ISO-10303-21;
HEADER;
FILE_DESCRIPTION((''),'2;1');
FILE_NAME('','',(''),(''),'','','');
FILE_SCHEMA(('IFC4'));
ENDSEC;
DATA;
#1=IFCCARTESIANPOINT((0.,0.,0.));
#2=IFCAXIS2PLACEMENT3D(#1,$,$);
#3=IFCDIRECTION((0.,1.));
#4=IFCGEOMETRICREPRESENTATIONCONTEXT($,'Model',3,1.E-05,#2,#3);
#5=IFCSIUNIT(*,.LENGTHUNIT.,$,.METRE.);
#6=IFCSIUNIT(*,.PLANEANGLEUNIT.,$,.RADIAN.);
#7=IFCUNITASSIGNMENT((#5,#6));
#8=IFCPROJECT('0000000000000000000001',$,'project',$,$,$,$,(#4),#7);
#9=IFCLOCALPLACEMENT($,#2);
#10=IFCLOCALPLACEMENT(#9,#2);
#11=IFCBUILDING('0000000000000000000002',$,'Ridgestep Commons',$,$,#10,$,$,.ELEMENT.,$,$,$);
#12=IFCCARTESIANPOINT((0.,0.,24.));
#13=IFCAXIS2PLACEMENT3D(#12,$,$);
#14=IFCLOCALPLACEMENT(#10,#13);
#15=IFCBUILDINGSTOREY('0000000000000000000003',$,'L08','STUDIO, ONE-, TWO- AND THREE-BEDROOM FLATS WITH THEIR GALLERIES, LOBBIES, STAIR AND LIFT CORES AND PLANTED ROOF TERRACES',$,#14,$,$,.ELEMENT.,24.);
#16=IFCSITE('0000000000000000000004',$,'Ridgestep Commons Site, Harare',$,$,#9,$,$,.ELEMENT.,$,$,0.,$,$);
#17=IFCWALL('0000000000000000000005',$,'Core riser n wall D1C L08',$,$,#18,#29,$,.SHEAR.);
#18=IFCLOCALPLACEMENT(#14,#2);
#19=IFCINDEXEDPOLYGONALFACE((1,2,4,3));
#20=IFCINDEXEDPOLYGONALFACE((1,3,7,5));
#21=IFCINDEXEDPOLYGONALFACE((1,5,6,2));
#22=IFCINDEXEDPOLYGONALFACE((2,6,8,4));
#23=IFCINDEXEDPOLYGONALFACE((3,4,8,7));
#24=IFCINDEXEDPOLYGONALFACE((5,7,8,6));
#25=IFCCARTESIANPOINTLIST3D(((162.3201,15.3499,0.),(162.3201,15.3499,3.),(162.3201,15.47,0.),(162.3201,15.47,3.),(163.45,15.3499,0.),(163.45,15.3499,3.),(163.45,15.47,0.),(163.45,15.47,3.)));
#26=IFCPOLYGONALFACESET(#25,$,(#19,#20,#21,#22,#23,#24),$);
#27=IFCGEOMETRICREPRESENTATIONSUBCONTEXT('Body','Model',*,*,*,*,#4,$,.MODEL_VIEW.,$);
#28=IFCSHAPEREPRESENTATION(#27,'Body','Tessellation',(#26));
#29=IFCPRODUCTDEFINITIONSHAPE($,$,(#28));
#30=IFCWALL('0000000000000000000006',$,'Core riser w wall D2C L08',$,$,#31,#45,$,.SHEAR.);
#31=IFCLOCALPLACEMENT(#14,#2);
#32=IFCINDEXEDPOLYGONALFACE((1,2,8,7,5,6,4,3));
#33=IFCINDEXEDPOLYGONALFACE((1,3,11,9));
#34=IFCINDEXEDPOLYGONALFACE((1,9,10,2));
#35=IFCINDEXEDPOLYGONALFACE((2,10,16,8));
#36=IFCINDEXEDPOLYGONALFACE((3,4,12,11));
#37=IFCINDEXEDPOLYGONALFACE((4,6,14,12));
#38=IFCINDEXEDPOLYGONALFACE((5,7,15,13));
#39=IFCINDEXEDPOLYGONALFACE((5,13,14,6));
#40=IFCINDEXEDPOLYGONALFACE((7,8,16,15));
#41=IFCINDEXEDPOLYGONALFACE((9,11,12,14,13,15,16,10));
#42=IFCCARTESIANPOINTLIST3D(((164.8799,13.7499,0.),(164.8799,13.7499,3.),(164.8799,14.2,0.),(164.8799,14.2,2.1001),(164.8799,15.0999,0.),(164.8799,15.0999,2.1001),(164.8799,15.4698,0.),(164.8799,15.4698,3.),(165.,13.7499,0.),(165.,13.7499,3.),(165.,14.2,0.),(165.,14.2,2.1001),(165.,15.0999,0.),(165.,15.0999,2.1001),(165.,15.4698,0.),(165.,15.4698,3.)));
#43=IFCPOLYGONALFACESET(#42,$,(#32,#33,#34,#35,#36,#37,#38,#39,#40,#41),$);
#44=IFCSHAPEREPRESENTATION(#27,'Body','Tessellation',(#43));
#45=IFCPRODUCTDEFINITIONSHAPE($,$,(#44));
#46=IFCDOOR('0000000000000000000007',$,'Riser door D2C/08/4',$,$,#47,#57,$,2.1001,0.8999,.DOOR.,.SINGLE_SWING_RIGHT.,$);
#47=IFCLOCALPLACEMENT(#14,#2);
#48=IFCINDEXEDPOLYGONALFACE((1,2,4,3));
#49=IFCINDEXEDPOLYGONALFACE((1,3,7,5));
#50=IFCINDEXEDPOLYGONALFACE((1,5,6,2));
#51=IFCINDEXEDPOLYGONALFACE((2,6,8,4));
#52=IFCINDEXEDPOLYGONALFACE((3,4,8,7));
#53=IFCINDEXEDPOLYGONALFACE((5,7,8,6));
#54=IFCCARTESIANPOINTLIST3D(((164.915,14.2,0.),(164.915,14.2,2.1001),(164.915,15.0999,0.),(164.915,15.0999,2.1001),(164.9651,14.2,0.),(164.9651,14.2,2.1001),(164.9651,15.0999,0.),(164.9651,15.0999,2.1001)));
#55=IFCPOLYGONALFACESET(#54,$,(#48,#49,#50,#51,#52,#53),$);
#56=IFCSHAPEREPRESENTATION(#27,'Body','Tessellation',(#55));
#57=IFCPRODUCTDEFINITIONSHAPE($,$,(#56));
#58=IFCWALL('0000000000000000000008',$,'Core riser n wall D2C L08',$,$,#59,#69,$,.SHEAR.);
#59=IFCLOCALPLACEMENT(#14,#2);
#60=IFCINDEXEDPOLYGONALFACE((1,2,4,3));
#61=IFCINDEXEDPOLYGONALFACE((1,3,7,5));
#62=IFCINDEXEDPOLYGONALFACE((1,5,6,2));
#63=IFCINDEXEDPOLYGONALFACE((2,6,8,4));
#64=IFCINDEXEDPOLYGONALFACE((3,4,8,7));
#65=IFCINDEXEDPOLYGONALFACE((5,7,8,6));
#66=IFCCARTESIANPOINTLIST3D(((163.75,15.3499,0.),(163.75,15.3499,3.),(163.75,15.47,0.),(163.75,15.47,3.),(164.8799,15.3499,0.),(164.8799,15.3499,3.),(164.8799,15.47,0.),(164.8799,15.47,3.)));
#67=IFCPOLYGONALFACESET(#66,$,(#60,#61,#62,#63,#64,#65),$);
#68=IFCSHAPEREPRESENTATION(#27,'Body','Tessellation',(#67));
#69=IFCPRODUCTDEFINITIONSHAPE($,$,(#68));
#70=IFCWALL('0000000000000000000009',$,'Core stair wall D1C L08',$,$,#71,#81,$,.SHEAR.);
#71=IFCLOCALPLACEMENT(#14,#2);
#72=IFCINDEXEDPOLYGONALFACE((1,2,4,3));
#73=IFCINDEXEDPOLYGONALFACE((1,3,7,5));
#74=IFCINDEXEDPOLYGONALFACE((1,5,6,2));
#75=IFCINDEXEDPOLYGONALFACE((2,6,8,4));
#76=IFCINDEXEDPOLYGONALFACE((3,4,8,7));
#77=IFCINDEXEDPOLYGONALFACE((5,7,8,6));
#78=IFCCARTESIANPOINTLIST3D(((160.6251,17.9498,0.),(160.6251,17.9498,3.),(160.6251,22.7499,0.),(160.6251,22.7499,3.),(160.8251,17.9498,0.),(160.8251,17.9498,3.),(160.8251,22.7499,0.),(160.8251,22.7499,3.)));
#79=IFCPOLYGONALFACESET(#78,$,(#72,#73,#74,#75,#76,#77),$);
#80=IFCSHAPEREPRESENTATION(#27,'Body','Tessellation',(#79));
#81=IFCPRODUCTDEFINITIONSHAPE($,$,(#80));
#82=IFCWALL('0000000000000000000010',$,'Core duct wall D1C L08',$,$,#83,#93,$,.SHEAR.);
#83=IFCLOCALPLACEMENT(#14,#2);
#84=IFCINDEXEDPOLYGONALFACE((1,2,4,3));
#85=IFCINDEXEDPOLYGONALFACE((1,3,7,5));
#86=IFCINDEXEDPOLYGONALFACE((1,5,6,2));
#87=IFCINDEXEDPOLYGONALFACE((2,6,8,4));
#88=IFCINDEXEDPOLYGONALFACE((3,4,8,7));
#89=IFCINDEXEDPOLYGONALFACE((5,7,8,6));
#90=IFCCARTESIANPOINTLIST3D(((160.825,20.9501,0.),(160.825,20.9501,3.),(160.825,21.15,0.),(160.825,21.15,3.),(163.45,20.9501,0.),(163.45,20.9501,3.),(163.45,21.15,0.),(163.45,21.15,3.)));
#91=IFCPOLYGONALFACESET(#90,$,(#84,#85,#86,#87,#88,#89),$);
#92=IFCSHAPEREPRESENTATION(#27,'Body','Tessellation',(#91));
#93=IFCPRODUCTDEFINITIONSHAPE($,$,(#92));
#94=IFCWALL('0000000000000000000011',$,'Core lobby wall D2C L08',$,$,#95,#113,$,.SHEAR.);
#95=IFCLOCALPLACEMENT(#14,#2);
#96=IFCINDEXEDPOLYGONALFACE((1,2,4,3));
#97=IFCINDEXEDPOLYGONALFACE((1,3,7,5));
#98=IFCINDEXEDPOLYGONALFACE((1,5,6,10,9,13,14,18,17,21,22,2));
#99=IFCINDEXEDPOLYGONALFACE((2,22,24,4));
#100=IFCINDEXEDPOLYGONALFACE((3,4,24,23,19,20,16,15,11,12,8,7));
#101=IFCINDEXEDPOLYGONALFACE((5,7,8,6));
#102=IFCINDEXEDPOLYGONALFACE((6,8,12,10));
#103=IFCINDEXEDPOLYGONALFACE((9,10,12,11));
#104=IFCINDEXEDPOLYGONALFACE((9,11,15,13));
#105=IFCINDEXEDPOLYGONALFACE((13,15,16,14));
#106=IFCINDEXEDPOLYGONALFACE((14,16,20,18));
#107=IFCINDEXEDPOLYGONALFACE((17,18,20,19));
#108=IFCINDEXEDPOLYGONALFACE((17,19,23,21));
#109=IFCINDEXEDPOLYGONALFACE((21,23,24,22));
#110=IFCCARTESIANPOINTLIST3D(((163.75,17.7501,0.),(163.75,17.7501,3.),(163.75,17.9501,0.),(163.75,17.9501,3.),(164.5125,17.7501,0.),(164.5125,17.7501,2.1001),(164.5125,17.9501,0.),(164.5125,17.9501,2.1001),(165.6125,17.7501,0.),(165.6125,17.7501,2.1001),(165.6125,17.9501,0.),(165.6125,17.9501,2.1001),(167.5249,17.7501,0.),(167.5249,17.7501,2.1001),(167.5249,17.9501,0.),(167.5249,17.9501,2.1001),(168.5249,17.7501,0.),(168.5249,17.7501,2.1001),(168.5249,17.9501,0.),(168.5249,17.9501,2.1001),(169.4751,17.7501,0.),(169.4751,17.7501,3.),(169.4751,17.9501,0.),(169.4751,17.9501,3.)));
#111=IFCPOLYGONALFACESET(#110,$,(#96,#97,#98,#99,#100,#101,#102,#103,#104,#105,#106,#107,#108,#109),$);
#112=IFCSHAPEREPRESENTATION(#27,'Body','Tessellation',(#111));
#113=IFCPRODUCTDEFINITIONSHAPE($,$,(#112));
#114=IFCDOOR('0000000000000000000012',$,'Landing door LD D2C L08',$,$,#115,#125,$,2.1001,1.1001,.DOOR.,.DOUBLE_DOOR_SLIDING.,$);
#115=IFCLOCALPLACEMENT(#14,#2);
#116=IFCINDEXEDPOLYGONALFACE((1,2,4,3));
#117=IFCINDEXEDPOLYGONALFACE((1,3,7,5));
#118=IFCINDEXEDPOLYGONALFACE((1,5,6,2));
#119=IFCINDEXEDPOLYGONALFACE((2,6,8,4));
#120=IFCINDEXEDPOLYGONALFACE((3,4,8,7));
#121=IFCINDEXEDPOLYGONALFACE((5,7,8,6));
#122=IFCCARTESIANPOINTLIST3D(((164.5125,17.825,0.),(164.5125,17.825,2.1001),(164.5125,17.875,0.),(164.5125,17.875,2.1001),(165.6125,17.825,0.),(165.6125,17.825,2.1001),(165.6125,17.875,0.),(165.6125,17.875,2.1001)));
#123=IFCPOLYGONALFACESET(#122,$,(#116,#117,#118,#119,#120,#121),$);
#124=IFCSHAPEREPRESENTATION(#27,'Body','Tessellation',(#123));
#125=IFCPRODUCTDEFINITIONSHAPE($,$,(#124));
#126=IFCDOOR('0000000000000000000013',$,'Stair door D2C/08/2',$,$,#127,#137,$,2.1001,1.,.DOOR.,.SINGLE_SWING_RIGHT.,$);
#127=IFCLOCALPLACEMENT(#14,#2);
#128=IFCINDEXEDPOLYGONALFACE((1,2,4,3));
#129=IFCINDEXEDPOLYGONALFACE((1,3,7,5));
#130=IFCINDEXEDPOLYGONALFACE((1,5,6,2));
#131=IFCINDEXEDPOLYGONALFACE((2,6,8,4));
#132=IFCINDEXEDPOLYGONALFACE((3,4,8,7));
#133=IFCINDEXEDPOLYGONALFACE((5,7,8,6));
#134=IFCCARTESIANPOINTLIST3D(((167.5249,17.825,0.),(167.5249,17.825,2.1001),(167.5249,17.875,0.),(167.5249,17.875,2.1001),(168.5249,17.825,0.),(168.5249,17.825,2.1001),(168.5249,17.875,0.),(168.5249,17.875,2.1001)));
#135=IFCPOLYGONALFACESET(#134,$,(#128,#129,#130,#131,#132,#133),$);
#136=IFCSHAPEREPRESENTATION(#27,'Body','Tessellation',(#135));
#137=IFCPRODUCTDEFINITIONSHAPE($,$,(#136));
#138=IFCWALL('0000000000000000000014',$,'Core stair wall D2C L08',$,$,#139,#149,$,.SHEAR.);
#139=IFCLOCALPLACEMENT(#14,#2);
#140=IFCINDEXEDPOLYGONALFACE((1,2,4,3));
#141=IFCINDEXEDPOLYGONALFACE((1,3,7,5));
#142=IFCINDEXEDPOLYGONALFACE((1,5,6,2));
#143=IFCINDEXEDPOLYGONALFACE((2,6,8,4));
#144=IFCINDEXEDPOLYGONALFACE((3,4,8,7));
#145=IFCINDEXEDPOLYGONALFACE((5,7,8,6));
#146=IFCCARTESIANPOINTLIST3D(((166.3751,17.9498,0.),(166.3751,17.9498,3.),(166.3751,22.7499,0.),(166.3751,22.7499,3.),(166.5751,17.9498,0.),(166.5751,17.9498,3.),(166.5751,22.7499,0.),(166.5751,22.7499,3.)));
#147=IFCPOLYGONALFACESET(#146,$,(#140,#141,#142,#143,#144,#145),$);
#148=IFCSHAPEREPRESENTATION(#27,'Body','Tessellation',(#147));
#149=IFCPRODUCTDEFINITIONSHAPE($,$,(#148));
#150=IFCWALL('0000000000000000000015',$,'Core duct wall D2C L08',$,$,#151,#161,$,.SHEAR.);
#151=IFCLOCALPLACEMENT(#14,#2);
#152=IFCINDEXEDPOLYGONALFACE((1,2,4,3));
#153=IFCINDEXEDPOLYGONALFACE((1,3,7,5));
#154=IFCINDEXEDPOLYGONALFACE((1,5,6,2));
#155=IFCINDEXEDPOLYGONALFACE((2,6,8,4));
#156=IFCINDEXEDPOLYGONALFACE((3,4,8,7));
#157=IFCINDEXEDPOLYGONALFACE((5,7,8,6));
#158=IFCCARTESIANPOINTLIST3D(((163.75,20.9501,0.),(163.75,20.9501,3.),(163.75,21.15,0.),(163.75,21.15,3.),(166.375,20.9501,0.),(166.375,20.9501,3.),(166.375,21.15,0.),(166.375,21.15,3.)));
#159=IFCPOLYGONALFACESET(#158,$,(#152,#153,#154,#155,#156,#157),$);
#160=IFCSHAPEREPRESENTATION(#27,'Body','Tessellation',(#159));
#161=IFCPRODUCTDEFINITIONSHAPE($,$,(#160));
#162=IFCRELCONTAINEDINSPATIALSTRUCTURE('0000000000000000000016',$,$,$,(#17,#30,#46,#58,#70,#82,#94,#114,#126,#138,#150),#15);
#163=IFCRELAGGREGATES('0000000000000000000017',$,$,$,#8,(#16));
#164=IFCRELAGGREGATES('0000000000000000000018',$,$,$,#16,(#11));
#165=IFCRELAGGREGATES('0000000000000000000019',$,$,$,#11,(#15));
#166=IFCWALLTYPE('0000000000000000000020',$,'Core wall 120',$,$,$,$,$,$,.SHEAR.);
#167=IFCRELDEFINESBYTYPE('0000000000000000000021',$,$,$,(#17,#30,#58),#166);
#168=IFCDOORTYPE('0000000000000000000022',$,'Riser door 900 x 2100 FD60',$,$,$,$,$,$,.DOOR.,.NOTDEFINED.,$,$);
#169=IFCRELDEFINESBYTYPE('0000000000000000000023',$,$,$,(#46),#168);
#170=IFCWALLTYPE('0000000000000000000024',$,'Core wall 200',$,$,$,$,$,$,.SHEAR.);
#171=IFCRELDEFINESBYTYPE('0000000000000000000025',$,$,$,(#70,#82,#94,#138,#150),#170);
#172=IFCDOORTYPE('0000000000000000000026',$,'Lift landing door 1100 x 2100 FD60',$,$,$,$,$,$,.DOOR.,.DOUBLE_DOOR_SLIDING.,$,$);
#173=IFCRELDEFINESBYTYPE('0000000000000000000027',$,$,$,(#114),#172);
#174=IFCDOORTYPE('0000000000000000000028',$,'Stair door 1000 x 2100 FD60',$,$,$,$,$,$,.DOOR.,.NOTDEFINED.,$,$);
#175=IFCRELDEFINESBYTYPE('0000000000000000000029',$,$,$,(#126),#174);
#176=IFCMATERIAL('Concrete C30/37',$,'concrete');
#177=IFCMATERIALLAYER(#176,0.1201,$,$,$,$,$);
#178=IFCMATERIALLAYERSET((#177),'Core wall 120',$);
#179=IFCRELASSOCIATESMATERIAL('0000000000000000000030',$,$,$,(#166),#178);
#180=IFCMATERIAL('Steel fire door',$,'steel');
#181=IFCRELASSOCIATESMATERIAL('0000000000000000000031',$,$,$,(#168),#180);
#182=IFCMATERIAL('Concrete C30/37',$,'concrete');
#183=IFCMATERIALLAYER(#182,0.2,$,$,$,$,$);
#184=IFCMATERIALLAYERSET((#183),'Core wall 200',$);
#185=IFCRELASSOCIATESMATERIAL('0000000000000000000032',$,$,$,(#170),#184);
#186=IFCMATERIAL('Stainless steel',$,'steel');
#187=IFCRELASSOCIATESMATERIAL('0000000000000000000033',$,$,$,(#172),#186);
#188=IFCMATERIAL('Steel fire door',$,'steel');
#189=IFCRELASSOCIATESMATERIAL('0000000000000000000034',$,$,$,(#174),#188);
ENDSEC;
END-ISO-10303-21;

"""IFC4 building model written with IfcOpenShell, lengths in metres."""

from ifc_helpers import new_model, si_unit, direction, frame, frame_2d, origin, place, context, subcontext, project, spatial, rectangle, extrude, material, layer, layer_set, type_object, element, fill, save


model = new_model("IFC4")

# Units and contexts
model_context = context("Model", 3, precision=1e-05, world=origin(), true_north=direction((0.0, 1.0)))
body_context = subcontext(model_context, "Body", "Model", "MODEL_VIEW")
ifc_project = project(units=[si_unit("LENGTHUNIT", "METRE"), si_unit("PLANEANGLEUNIT", "RADIAN")], contexts=[model_context])

# Site, building, storey
site_placement = place(None, origin())
site = spatial("IfcSite", under=ifc_project, at=site_placement, Name="Ridgestep Commons Site, Harare", CompositionType="ELEMENT", RefElevation=0.0)
building_placement = place(site_placement, origin())
building = spatial("IfcBuilding", under=site, at=building_placement, Name="Ridgestep Commons", CompositionType="ELEMENT")
storey_placement = place(building_placement, frame((0.0, 0.0, 24.0)))
storey = spatial("IfcBuildingStorey", under=building, at=storey_placement, Name="L08", Description="STUDIO, ONE-, TWO- AND THREE-BEDROOM FLATS WITH THEIR GALLERIES, LOBBIES, STAIR AND LIFT CORES AND PLANTED ROOF TERRACES", CompositionType="ELEMENT", Elevation=24.0)

# Shared definitions
ifc_material_1 = material(Name="Concrete C30/37", Category="concrete")
ifc_layer_1 = layer(ifc_material_1, 0.1201)
ifc_layer_set_1 = layer_set([ifc_layer_1], Name="Core wall 120")
wall_type_1 = type_object("IfcWallType", Name="Core wall 120", PredefinedType="SHEAR", material=ifc_layer_set_1)
ifc_material_2 = material(Name="Steel fire door", Category="steel")
door_type_1 = type_object("IfcDoorType", Name="Riser door 900 x 2100 FD60", OperationType="NOTDEFINED", PredefinedType="DOOR", material=ifc_material_2)

# Wall
wall_1_placement = place(storey_placement, frame((162.3201, 15.4099, 0.0), z_axis=(0.0, 0.0, 1.0), x_axis=(1.0, 0.0, 0.0)))
element("IfcWall", 1, at=wall_1_placement, inside=storey, type_object=wall_type_1, Name="Core riser n wall D1C L08", PredefinedType="SHEAR", context=body_context, shape_type="SweptSolid", body=[
    extrude(rectangle(XDim=1.1299, YDim=0.1201, at=frame_2d((0.5649, 0.0))), origin(), (0.0, 0.0, 1.0), 3.0),
])

# Wall, opening, door
wall_2_placement = place(storey_placement, frame((164.9399, 13.75, 0.0), z_axis=(0.0, 0.0, 1.0), x_axis=(0.0, 1.0, 0.0)))
wall_2 = element("IfcWall", 2, at=wall_2_placement, inside=storey, type_object=wall_type_1, Name="Core riser w wall D2C L08", PredefinedType="SHEAR", context=body_context, shape_type="SweptSolid", body=[
    extrude(rectangle(XDim=1.72, YDim=0.1201, at=frame_2d((0.8599, 0.0))), origin(), (0.0, 0.0, 1.0), 3.0),
])
opening_1_placement = place(wall_2_placement, frame((0.45, 0.0, 0.0)))
opening_1 = element("IfcOpeningElement", 3, at=opening_1_placement, cuts=wall_2, PredefinedType="OPENING", context=body_context, shape_type="SweptSolid", body=[
    extrude(rectangle(XDim=0.8999, YDim=2.1001, at=frame_2d((0.45, 1.05))), frame((0.0, 0.0701, 0.0), z_axis=(0.0, -1.0, 0.0), x_axis=(1.0, 0.0, 0.0)), (0.0, 0.0, 1.0), 0.1401),
])
door_1_placement = place(opening_1_placement, origin())
door_1 = element("IfcDoor", 4, at=door_1_placement, inside=storey, type_object=door_type_1, Name="Riser door D2C/08/4", OperationType="SINGLE_SWING_RIGHT", OverallHeight=2.1001, OverallWidth=0.8999, PredefinedType="DOOR", context=body_context, shape_type="SweptSolid", body=[
    extrude(rectangle(XDim=0.8999, YDim=2.1001, at=frame_2d((0.45, 1.05))), frame((0.0, 0.0249, 0.0), z_axis=(0.0, -1.0, 0.0), x_axis=(1.0, 0.0, 0.0)), (0.0, 0.0, 1.0), 0.05),
])
fill(opening_1, door_1)

# Walls
wall_3_placement = place(storey_placement, frame((163.75, 15.4099, 0.0), z_axis=(0.0, 0.0, 1.0), x_axis=(1.0, 0.0, 0.0)))
element("IfcWall", 5, at=wall_3_placement, inside=storey, type_object=wall_type_1, Name="Core riser n wall D2C L08", PredefinedType="SHEAR", context=body_context, shape_type="SweptSolid", body=[
    extrude(rectangle(XDim=1.1299, YDim=0.1201, at=frame_2d((0.5649, 0.0))), origin(), (0.0, 0.0, 1.0), 3.0),
])
ifc_material_3 = material(Name="Concrete C30/37", Category="concrete")
ifc_layer_2 = layer(ifc_material_3, 0.2)
ifc_layer_set_2 = layer_set([ifc_layer_2], Name="Core wall 200")
wall_type_2 = type_object("IfcWallType", Name="Core wall 200", PredefinedType="SHEAR", material=ifc_layer_set_2)
wall_4_placement = place(storey_placement, frame((160.7251, 17.95, 0.0), z_axis=(0.0, 0.0, 1.0), x_axis=(0.0, 1.0, 0.0)))
element("IfcWall", 6, at=wall_4_placement, inside=storey, type_object=wall_type_2, Name="Core stair wall D1C L08", PredefinedType="SHEAR", context=body_context, shape_type="SweptSolid", body=[
    extrude(rectangle(XDim=4.8, YDim=0.2, at=frame_2d((2.3999, 0.0))), origin(), (0.0, 0.0, 1.0), 3.0),
])
wall_5_placement = place(storey_placement, frame((160.825, 21.05, 0.0), z_axis=(0.0, 0.0, 1.0), x_axis=(1.0, 0.0, 0.0)))
element("IfcWall", 7, at=wall_5_placement, inside=storey, type_object=wall_type_2, Name="Core duct wall D1C L08", PredefinedType="SHEAR", context=body_context, shape_type="SweptSolid", body=[
    extrude(rectangle(XDim=2.625, YDim=0.2, at=frame_2d((1.3125, 0.0))), origin(), (0.0, 0.0, 1.0), 3.0),
])

# Wall, openings, doors
wall_6_placement = place(storey_placement, frame((163.75, 17.8501, 0.0), z_axis=(0.0, 0.0, 1.0), x_axis=(1.0, 0.0, 0.0)))
wall_6 = element("IfcWall", 8, at=wall_6_placement, inside=storey, type_object=wall_type_2, Name="Core lobby wall D2C L08", PredefinedType="SHEAR", context=body_context, shape_type="SweptSolid", body=[
    extrude(rectangle(XDim=5.7251, YDim=0.2, at=frame_2d((2.8625, 0.0))), origin(), (0.0, 0.0, 1.0), 3.0),
])
opening_2_placement = place(wall_6_placement, frame((3.7749, 0.0, 0.0)))
opening_2 = element("IfcOpeningElement", 9, at=opening_2_placement, cuts=wall_6, PredefinedType="OPENING", context=body_context, shape_type="SweptSolid", body=[
    extrude(rectangle(XDim=1.0, YDim=2.1001, at=frame_2d((0.5, 1.05))), frame((0.0, 0.1099, 0.0), z_axis=(0.0, -1.0, 0.0), x_axis=(1.0, 0.0, 0.0)), (0.0, 0.0, 1.0), 0.22),
])
opening_3_placement = place(wall_6_placement, frame((0.7625, 0.0, 0.0)))
opening_3 = element("IfcOpeningElement", 10, at=opening_3_placement, cuts=wall_6, PredefinedType="OPENING", context=body_context, shape_type="SweptSolid", body=[
    extrude(rectangle(XDim=1.1001, YDim=2.1001, at=frame_2d((0.55, 1.05))), frame((0.0, 0.1099, 0.0), z_axis=(0.0, -1.0, 0.0), x_axis=(1.0, 0.0, 0.0)), (0.0, 0.0, 1.0), 0.22),
])
ifc_material_4 = material(Name="Stainless steel", Category="steel")
door_type_2 = type_object("IfcDoorType", Name="Lift landing door 1100 x 2100 FD60", OperationType="DOUBLE_DOOR_SLIDING", PredefinedType="DOOR", material=ifc_material_4)
door_2_placement = place(opening_3_placement, origin())
door_2 = element("IfcDoor", 11, at=door_2_placement, inside=storey, type_object=door_type_2, Name="Landing door LD D2C L08", OperationType="DOUBLE_DOOR_SLIDING", OverallHeight=2.1001, OverallWidth=1.1001, PredefinedType="DOOR", context=body_context, shape_type="SweptSolid", body=[
    extrude(rectangle(XDim=1.1001, YDim=2.1001, at=frame_2d((0.55, 1.05))), frame((0.0, 0.0249, 0.0), z_axis=(0.0, -1.0, 0.0), x_axis=(1.0, 0.0, 0.0)), (0.0, 0.0, 1.0), 0.05),
])
fill(opening_3, door_2)
ifc_material_5 = material(Name="Steel fire door", Category="steel")
door_type_3 = type_object("IfcDoorType", Name="Stair door 1000 x 2100 FD60", OperationType="NOTDEFINED", PredefinedType="DOOR", material=ifc_material_5)
door_3_placement = place(opening_2_placement, origin())
door_3 = element("IfcDoor", 12, at=door_3_placement, inside=storey, type_object=door_type_3, Name="Stair door D2C/08/2", OperationType="SINGLE_SWING_RIGHT", OverallHeight=2.1001, OverallWidth=1.0, PredefinedType="DOOR", context=body_context, shape_type="SweptSolid", body=[
    extrude(rectangle(XDim=1.0, YDim=2.1001, at=frame_2d((0.5, 1.05))), frame((0.0, 0.0249, 0.0), z_axis=(0.0, -1.0, 0.0), x_axis=(1.0, 0.0, 0.0)), (0.0, 0.0, 1.0), 0.05),
])
fill(opening_2, door_3)

# Walls
wall_7_placement = place(storey_placement, frame((166.4751, 17.95, 0.0), z_axis=(0.0, 0.0, 1.0), x_axis=(0.0, 1.0, 0.0)))
element("IfcWall", 13, at=wall_7_placement, inside=storey, type_object=wall_type_2, Name="Core stair wall D2C L08", PredefinedType="SHEAR", context=body_context, shape_type="SweptSolid", body=[
    extrude(rectangle(XDim=4.8, YDim=0.2, at=frame_2d((2.3999, 0.0))), origin(), (0.0, 0.0, 1.0), 3.0),
])
wall_8_placement = place(storey_placement, frame((163.75, 21.05, 0.0), z_axis=(0.0, 0.0, 1.0), x_axis=(1.0, 0.0, 0.0)))
element("IfcWall", 14, at=wall_8_placement, inside=storey, type_object=wall_type_2, Name="Core duct wall D2C L08", PredefinedType="SHEAR", context=body_context, shape_type="SweptSolid", body=[
    extrude(rectangle(XDim=2.625, YDim=0.2, at=frame_2d((1.3125, 0.0))), origin(), (0.0, 0.0, 1.0), 3.0),
])

save(model, "model.ifc")
